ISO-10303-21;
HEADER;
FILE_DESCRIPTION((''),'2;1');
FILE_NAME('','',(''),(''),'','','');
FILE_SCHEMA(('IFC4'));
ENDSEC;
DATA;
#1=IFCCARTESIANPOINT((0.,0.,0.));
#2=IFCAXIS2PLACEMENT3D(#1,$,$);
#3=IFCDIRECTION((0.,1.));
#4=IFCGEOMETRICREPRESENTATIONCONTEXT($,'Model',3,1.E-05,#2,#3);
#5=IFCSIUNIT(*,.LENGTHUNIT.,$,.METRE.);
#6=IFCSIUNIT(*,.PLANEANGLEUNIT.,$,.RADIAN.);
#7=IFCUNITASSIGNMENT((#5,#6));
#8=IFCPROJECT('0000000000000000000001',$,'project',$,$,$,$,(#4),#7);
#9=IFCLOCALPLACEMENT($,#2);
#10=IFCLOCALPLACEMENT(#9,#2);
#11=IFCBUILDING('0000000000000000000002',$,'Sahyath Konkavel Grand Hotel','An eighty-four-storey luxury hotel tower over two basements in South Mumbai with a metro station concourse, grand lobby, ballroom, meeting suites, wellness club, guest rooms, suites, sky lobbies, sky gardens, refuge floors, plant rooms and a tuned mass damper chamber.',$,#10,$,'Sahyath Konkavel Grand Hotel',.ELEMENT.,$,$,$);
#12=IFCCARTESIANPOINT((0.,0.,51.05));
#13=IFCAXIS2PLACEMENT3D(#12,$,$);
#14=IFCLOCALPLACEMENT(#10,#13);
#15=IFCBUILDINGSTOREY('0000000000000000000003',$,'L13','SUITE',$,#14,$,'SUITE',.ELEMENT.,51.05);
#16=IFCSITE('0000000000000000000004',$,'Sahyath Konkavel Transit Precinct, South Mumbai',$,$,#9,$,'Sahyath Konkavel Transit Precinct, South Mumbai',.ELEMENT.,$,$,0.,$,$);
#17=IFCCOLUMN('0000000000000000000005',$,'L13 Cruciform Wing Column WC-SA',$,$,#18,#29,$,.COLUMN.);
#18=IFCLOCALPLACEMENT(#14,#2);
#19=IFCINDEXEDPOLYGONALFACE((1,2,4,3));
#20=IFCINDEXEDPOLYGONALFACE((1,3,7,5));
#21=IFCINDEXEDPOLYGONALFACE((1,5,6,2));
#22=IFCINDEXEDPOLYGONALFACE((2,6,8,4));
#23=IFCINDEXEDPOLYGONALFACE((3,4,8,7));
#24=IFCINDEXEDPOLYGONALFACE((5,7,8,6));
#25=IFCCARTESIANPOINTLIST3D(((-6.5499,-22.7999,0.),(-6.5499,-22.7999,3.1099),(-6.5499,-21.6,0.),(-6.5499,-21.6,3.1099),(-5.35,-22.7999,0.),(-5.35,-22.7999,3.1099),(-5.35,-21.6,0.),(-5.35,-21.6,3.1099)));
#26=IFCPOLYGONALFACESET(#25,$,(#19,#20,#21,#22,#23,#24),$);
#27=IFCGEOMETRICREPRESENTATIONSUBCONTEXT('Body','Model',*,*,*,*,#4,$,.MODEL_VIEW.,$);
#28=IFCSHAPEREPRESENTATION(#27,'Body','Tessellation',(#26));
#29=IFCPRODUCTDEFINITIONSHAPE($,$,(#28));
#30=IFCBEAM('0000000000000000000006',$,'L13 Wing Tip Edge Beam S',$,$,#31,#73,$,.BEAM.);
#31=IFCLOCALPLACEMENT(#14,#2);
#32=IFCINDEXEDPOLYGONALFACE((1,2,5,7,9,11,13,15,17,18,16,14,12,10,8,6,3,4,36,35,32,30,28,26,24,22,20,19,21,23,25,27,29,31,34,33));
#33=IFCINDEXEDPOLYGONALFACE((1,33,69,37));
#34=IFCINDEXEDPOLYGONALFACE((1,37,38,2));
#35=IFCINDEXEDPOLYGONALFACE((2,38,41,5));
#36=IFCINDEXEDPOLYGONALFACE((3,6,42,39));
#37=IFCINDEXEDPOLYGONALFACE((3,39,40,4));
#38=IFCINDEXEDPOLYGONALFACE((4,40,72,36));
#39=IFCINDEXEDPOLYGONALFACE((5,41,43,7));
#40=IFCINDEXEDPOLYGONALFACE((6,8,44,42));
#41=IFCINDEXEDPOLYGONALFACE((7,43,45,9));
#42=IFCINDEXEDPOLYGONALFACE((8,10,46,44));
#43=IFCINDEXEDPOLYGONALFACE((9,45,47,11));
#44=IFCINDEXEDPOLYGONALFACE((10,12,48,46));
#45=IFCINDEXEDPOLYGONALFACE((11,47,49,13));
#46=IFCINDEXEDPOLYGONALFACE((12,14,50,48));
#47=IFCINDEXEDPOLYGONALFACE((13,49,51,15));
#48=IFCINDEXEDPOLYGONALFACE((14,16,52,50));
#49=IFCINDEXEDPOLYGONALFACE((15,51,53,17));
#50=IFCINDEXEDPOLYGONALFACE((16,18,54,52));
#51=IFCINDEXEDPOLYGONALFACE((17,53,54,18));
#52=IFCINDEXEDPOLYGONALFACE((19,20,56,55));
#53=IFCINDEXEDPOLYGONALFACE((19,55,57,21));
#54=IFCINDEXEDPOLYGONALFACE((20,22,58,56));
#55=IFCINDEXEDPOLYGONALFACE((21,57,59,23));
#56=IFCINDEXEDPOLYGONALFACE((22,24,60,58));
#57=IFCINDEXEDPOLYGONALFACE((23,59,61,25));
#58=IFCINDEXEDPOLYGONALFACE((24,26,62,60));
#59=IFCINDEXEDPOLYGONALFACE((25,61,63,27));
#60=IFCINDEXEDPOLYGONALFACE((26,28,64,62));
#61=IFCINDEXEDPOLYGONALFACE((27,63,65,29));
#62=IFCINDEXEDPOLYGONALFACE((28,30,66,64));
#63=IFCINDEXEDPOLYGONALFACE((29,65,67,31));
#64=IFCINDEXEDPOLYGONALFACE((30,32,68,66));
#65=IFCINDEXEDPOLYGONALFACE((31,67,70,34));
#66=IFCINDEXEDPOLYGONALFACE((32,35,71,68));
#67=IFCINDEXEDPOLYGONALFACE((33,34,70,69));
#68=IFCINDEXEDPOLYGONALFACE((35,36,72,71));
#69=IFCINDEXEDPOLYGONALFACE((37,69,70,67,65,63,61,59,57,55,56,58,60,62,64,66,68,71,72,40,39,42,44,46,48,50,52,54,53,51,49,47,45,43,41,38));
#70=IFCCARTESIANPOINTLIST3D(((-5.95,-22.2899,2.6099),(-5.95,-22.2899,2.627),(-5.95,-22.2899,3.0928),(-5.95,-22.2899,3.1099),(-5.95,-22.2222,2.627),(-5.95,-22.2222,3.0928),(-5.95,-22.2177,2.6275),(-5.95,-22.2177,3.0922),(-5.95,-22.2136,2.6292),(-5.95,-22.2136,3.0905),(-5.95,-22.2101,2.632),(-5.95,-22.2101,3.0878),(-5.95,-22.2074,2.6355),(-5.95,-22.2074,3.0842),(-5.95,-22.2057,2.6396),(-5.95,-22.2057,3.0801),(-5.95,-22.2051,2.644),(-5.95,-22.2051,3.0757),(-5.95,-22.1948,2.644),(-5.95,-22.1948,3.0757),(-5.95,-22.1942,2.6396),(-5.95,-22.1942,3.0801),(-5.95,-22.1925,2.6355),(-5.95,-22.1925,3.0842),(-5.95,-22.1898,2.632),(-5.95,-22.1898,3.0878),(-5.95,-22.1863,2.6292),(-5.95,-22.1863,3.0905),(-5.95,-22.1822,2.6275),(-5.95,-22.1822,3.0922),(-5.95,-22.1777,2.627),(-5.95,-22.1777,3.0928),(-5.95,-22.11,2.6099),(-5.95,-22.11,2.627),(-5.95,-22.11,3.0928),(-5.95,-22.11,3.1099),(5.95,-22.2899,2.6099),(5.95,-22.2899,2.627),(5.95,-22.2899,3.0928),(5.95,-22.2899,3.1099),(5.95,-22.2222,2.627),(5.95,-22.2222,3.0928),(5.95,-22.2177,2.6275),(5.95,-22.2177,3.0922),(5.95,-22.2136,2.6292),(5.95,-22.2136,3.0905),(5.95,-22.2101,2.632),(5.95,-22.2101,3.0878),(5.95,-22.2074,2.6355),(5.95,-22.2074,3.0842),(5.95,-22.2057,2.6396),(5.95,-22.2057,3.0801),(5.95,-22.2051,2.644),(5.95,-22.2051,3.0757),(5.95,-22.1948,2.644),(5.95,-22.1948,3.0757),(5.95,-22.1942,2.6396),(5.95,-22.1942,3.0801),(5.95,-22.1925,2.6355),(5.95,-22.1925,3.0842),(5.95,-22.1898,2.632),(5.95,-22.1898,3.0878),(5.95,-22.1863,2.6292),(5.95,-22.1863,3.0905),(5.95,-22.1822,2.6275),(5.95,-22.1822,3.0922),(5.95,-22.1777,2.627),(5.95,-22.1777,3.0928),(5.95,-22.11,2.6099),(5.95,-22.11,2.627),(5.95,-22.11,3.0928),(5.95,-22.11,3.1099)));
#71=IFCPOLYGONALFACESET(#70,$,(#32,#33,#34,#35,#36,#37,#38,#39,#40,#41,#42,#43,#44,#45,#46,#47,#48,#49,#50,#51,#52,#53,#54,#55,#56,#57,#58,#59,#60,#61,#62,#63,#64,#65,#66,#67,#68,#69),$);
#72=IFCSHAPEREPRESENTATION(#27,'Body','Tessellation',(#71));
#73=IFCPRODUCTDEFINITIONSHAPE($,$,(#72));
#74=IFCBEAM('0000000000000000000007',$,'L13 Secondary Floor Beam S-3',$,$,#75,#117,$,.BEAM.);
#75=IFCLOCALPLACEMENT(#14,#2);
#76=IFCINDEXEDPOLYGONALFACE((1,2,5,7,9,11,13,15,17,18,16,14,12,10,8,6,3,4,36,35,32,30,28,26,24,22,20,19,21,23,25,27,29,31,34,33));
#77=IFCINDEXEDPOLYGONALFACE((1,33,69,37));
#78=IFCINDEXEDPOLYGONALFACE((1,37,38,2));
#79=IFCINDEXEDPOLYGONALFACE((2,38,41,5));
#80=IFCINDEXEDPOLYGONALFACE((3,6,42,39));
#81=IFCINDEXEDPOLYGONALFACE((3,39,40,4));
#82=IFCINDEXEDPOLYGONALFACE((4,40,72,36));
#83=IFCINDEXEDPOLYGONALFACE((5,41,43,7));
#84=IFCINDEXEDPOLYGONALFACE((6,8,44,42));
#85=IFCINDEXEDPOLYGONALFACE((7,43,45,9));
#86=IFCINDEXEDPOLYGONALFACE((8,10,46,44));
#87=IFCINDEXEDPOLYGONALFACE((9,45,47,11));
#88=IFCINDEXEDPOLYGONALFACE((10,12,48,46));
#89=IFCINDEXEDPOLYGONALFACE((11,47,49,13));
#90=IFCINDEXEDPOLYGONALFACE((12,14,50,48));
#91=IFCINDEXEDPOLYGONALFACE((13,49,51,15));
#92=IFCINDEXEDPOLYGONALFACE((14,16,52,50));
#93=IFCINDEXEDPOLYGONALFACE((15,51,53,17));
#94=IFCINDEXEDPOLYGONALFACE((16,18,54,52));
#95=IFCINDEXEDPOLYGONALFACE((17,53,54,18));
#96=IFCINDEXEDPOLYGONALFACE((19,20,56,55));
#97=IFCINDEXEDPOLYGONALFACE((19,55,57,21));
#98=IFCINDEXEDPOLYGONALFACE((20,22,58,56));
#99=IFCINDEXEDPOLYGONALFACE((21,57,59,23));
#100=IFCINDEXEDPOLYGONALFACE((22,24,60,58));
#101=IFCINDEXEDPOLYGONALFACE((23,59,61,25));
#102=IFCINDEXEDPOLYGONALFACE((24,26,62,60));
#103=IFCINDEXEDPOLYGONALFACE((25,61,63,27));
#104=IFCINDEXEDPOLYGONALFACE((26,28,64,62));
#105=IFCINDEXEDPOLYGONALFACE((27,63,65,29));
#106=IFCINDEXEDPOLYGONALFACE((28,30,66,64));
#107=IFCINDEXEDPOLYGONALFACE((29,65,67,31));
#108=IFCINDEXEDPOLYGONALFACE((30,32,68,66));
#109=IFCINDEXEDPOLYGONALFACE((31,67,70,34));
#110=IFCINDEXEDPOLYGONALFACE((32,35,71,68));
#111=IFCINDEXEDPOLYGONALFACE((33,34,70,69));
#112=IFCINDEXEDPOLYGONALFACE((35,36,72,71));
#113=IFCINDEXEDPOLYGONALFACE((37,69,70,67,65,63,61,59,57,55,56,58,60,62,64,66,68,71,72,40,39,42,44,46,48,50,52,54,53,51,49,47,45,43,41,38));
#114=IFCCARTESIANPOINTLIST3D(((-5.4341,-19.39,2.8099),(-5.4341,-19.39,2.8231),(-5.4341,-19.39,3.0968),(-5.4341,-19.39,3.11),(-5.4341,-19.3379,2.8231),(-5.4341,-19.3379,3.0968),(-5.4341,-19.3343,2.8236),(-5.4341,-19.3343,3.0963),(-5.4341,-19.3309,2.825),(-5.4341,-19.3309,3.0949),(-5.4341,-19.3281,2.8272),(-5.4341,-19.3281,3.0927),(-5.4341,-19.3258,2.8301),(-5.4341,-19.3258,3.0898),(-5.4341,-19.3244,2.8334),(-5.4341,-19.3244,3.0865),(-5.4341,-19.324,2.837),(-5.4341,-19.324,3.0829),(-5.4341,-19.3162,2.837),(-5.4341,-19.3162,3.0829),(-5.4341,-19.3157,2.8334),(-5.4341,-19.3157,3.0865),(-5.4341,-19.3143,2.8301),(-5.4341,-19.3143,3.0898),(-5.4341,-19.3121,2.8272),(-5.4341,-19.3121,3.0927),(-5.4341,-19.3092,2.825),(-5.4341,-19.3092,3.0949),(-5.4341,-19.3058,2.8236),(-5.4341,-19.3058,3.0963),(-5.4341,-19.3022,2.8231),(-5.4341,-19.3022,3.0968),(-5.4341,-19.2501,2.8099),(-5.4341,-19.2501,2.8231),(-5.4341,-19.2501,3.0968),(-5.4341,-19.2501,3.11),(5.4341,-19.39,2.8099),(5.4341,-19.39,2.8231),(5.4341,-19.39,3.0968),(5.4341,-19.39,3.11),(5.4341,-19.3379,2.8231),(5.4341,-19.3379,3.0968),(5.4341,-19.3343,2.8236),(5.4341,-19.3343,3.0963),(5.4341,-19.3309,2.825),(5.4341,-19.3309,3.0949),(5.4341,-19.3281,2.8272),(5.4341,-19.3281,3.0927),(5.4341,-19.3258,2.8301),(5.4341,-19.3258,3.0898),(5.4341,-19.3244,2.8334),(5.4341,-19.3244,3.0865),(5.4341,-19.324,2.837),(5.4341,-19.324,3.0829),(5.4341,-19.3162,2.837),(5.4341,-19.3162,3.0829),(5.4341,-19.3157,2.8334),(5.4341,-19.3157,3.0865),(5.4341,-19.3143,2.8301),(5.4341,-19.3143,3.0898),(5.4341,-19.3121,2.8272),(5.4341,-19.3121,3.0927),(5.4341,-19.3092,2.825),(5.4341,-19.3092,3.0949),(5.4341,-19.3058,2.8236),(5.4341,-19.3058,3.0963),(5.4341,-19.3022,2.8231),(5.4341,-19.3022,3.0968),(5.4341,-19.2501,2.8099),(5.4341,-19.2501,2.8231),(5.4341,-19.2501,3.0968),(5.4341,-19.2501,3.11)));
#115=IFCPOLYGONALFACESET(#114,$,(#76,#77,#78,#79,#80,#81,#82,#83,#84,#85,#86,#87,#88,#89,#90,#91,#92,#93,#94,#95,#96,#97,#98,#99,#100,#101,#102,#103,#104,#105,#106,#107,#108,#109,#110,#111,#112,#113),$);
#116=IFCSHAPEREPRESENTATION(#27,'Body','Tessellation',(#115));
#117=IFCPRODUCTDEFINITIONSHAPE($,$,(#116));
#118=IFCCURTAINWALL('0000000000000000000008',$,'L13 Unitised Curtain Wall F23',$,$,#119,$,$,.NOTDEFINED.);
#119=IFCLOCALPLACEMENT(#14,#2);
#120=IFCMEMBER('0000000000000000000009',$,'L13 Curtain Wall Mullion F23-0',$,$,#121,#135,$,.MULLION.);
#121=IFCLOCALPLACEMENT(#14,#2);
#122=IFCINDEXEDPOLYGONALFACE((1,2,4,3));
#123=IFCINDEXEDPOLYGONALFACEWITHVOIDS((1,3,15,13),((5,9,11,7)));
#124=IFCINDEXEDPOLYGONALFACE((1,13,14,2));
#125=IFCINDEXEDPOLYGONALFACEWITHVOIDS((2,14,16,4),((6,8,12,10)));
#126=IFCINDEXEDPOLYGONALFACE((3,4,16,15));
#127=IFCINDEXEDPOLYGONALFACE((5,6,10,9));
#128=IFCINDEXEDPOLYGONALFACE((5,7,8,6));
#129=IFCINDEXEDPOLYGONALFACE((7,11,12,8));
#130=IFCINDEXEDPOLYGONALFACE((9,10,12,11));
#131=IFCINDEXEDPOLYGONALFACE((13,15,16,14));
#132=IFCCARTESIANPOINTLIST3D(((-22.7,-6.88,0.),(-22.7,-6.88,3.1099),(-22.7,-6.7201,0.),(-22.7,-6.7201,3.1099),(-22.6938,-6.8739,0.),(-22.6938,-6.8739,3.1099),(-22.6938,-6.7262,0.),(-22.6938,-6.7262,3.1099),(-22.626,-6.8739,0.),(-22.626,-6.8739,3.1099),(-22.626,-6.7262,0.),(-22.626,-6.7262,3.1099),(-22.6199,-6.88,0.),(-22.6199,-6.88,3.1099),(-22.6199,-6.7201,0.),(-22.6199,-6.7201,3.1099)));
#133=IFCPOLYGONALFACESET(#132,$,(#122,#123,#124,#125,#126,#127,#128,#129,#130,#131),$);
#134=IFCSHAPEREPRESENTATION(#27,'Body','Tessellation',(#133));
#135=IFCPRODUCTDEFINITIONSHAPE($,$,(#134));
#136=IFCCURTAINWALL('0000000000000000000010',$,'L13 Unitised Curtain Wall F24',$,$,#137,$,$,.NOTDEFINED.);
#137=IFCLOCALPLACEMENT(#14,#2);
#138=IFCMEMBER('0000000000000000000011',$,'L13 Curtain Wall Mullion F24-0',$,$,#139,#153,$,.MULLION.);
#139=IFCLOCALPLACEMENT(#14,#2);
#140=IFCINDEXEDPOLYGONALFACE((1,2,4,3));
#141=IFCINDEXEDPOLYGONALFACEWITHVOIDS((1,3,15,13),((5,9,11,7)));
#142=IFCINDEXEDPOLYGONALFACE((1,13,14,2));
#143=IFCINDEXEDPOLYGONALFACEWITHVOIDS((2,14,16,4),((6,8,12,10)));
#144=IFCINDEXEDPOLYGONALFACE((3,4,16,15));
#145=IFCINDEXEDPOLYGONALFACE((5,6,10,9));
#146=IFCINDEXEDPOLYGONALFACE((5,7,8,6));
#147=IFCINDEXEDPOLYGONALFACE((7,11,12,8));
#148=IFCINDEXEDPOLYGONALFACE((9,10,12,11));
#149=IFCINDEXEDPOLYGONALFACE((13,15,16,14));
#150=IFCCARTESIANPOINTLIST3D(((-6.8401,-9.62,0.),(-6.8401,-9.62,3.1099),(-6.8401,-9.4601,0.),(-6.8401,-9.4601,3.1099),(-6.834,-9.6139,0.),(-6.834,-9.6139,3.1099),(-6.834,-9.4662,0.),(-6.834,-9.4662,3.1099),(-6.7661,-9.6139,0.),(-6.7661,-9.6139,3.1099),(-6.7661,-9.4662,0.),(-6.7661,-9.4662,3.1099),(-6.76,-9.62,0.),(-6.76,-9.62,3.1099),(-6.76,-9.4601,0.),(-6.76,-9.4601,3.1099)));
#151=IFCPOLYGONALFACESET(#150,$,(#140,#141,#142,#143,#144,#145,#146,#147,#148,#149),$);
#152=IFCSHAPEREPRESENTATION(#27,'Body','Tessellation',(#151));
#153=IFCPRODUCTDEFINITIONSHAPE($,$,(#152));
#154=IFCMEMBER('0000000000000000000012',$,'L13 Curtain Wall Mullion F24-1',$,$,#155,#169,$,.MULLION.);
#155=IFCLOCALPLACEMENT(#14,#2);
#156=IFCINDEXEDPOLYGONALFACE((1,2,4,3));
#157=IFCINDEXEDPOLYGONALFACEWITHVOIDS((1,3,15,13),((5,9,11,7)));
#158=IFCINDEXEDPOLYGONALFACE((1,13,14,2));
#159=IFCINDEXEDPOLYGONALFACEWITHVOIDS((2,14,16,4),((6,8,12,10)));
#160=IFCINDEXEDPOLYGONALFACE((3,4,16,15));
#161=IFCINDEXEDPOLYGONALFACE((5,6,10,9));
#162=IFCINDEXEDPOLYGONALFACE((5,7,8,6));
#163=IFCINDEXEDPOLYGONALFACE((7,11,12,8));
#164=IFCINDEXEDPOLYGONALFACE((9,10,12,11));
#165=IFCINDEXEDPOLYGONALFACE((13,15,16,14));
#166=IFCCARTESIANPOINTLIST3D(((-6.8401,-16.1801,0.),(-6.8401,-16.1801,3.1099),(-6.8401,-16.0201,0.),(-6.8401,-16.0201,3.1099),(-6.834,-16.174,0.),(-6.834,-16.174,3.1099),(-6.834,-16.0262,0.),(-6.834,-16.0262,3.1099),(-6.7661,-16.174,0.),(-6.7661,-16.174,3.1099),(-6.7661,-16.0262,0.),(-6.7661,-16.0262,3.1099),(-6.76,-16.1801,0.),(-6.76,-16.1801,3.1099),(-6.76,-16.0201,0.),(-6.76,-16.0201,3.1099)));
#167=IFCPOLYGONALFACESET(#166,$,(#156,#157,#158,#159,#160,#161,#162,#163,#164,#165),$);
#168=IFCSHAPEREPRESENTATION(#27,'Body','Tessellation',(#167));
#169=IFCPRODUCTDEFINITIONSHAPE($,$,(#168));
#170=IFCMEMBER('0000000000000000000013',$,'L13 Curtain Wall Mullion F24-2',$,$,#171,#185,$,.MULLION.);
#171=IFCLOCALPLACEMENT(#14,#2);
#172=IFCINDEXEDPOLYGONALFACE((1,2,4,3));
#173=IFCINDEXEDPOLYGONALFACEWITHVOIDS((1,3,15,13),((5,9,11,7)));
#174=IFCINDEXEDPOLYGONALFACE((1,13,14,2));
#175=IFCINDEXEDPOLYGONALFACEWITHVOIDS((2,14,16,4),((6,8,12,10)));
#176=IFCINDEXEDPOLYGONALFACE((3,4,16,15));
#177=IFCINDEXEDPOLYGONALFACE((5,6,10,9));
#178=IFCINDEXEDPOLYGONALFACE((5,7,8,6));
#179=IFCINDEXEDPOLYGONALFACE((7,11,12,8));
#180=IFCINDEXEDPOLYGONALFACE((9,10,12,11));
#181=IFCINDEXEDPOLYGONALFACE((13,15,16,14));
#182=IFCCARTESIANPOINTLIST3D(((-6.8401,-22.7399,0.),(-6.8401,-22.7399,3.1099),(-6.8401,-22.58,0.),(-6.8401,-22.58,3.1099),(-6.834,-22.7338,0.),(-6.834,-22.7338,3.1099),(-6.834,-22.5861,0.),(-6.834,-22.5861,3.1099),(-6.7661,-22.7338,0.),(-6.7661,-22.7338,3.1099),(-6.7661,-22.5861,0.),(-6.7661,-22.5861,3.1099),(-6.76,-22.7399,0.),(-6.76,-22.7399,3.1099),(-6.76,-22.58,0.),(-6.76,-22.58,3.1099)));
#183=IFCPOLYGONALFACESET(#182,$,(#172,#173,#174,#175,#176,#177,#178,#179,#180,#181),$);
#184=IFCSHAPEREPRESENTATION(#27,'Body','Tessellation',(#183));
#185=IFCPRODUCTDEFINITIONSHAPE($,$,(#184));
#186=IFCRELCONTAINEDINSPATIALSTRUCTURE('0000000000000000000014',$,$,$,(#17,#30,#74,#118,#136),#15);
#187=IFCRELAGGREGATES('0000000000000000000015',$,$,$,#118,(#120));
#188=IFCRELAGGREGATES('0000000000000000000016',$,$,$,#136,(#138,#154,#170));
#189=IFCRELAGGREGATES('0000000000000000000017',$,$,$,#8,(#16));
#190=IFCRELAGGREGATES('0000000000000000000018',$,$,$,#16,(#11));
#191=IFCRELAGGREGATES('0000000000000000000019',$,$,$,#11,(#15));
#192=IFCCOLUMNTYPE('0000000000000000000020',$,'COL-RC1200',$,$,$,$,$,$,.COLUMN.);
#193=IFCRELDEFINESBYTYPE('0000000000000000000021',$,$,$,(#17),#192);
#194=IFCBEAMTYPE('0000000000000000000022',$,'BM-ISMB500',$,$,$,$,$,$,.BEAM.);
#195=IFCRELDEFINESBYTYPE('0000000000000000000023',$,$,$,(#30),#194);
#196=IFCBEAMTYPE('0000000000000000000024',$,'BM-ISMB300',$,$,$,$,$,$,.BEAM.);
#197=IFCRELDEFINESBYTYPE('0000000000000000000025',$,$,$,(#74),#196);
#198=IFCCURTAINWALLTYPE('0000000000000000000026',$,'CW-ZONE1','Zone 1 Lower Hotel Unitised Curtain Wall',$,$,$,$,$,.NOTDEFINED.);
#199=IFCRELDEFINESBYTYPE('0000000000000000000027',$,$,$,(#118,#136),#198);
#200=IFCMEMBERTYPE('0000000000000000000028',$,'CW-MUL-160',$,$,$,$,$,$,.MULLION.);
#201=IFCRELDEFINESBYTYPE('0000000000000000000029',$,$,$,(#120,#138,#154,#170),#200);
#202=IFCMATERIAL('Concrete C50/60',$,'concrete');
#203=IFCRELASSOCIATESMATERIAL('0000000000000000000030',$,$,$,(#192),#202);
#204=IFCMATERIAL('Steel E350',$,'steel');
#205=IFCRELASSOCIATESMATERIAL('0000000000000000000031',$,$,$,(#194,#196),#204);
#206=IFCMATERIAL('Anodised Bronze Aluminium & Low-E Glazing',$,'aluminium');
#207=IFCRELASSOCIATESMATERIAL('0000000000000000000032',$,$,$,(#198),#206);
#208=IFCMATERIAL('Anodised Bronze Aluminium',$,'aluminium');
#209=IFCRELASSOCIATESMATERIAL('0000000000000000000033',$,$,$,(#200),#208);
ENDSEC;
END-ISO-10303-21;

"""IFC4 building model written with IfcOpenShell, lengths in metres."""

from ifc_helpers import new_model, si_unit, direction, frame, origin, origin_2d, place, context, subcontext, project, spatial, rectangle, hollow_rectangle, i_section, extrude, source, transform, mapped, material, material_profile, profile_set, type_object, element, aggregate, save


model = new_model("IFC4")

# Units and contexts
model_context = context("Model", 3, precision=1e-05, world=origin(), true_north=direction((0.0, 1.0)))
body_context = subcontext(model_context, "Body", "Model", "MODEL_VIEW")
ifc_project = project(units=[si_unit("LENGTHUNIT", "METRE"), si_unit("PLANEANGLEUNIT", "RADIAN")], contexts=[model_context])

# Site, building, storey
site_placement = place(None, origin())
site = spatial("IfcSite", under=ifc_project, at=site_placement, Name="Sahyath Konkavel Transit Precinct, South Mumbai", LongName="Sahyath Konkavel Transit Precinct, South Mumbai", CompositionType="ELEMENT", RefElevation=0.0)
building_placement = place(site_placement, origin())
building = spatial("IfcBuilding", under=site, at=building_placement, Name="Sahyath Konkavel Grand Hotel", Description="An eighty-four-storey luxury hotel tower over two basements in South Mumbai with a metro station concourse, grand lobby, ballroom, meeting suites, wellness club, guest rooms, suites, sky lobbies, sky gardens, refuge floors, plant rooms and a tuned mass damper chamber.", LongName="Sahyath Konkavel Grand Hotel", CompositionType="ELEMENT")
storey_placement = place(building_placement, frame((0.0, 0.0, 51.05)))
storey = spatial("IfcBuildingStorey", under=building, at=storey_placement, Name="L13", Description="SUITE", LongName="SUITE", CompositionType="ELEMENT", Elevation=51.05)

# Column
ifc_material_1 = material(Name="Concrete C50/60", Category="concrete")
ifc_material_profile_1 = material_profile(ifc_material_1, rectangle(XDim=1.2, YDim=1.2, at=origin_2d()), Name="RC 1200x1200")
ifc_profile_set_1 = profile_set([ifc_material_profile_1], Name="Concrete C50/60")
column_type = type_object("IfcColumnType", Name="COL-RC1200", PredefinedType="COLUMN", material=ifc_profile_set_1)
shared_shape_1 = source(origin(), body_context, "Body", "SweptSolid", [
    extrude(rectangle(XDim=1.2, YDim=1.2, at=origin_2d()), origin(), (0.0, 0.0, 1.0), 3.1099),
])
column_placement = place(storey_placement, frame((-5.95, -22.2, 0.0), z_axis=(0.0, 0.0, 1.0), x_axis=(1.0, 0.0, 0.0)))
element("IfcColumn", 1, at=column_placement, inside=storey, type_object=column_type, Name="L13 Cruciform Wing Column WC-SA", PredefinedType="COLUMN", context=body_context, shape_type="MappedRepresentation", body=[
    mapped(shared_shape_1, transform((0.0, 0.0, 0.0), scale=1.0)),
])

# Beams
ifc_material_2 = material(Name="Steel E350", Category="steel")
ifc_material_profile_2 = material_profile(ifc_material_2, i_section(OverallWidth=0.1799, OverallDepth=0.5, WebThickness=0.0103, FlangeThickness=0.0171, FilletRadius=0.0171, at=origin_2d()), Name="ISMB 500")
ifc_profile_set_2 = profile_set([ifc_material_profile_2], Name="Steel E350")
beam_type_1 = type_object("IfcBeamType", Name="BM-ISMB500", PredefinedType="BEAM", material=ifc_profile_set_2)
shared_shape_2 = source(origin(), body_context, "Body", "SweptSolid", [
    extrude(i_section(OverallWidth=0.1799, OverallDepth=0.5, WebThickness=0.0103, FlangeThickness=0.0171, FilletRadius=0.0171, at=origin_2d()), origin(), (0.0, 0.0, 1.0), 11.8999),
])
beam_1_placement = place(storey_placement, frame((-5.95, -22.2, 2.8599), z_axis=(1.0, 0.0, 0.0), x_axis=(0.0, 1.0, 0.0)))
element("IfcBeam", 2, at=beam_1_placement, inside=storey, type_object=beam_type_1, Name="L13 Wing Tip Edge Beam S", PredefinedType="BEAM", context=body_context, shape_type="MappedRepresentation", body=[
    mapped(shared_shape_2, transform((0.0, 0.0, 0.0), scale=1.0)),
])
ifc_material_profile_3 = material_profile(ifc_material_2, i_section(OverallWidth=0.1399, OverallDepth=0.3, WebThickness=0.0078, FlangeThickness=0.0132, FilletRadius=0.0139, at=origin_2d()), Name="ISMB 300")
ifc_profile_set_3 = profile_set([ifc_material_profile_3], Name="Steel E350")
beam_type_2 = type_object("IfcBeamType", Name="BM-ISMB300", PredefinedType="BEAM", material=ifc_profile_set_3)
shared_shape_3 = source(origin(), body_context, "Body", "SweptSolid", [
    extrude(i_section(OverallWidth=0.1399, OverallDepth=0.3, WebThickness=0.0078, FlangeThickness=0.0132, FilletRadius=0.0139, at=origin_2d()), origin(), (0.0, 0.0, 1.0), 10.8682),
])
beam_2_placement = place(storey_placement, frame((-5.4341, -19.3201, 2.96), z_axis=(1.0, 0.0, 0.0), x_axis=(0.0, 1.0, 0.0)))
element("IfcBeam", 3, at=beam_2_placement, inside=storey, type_object=beam_type_2, Name="L13 Secondary Floor Beam S-3", PredefinedType="BEAM", context=body_context, shape_type="MappedRepresentation", body=[
    mapped(shared_shape_3, transform((0.0, 0.0, 0.0), scale=1.0)),
])

# Curtain wall, member
ifc_material_3 = material(Name="Anodised Bronze Aluminium & Low-E Glazing", Category="aluminium")
curtain_wall_type = type_object("IfcCurtainWallType", Name="CW-ZONE1", Description="Zone 1 Lower Hotel Unitised Curtain Wall", PredefinedType="NOTDEFINED", material=ifc_material_3)
curtain_wall_1_placement = place(storey_placement, origin())
curtain_wall_1 = element("IfcCurtainWall", 4, at=curtain_wall_1_placement, inside=storey, type_object=curtain_wall_type, Name="L13 Unitised Curtain Wall F23", PredefinedType="NOTDEFINED")
ifc_material_4 = material(Name="Anodised Bronze Aluminium", Category="aluminium")
ifc_material_profile_4 = material_profile(ifc_material_4, hollow_rectangle(XDim=0.0801, YDim=0.1599, WallThickness=0.0061, at=origin_2d()), Name="RHS 160x80x6")
ifc_profile_set_4 = profile_set([ifc_material_profile_4], Name="Anodised Bronze Aluminium")
member_type_1 = type_object("IfcMemberType", Name="CW-MUL-160", PredefinedType="MULLION", material=ifc_profile_set_4)
shared_shape_4 = source(origin(), body_context, "Body", "SweptSolid", [
    extrude(hollow_rectangle(XDim=0.0801, YDim=0.1599, WallThickness=0.0061, at=origin_2d()), origin(), (0.0, 0.0, 1.0), 3.1099),
])
member_1_placement = place(storey_placement, frame((-22.6599, -6.8, 0.0), z_axis=(0.0, 0.0, 1.0), x_axis=(1.0, 0.0, 0.0)))
member_1 = element("IfcMember", 5, at=member_1_placement, type_object=member_type_1, Name="L13 Curtain Wall Mullion F23-0", PredefinedType="MULLION", context=body_context, shape_type="MappedRepresentation", body=[
    mapped(shared_shape_4, transform((0.0, 0.0, 0.0), scale=1.0)),
])

# Curtain wall, members
curtain_wall_2_placement = place(storey_placement, origin())
curtain_wall_2 = element("IfcCurtainWall", 6, at=curtain_wall_2_placement, inside=storey, type_object=curtain_wall_type, Name="L13 Unitised Curtain Wall F24", PredefinedType="NOTDEFINED")
member_2_placement = place(storey_placement, frame((-6.8, -9.54, 0.0), z_axis=(0.0, 0.0, 1.0), x_axis=(1.0, 0.0, 0.0)))
member_2 = element("IfcMember", 7, at=member_2_placement, type_object=member_type_1, Name="L13 Curtain Wall Mullion F24-0", PredefinedType="MULLION", context=body_context, shape_type="MappedRepresentation", body=[
    mapped(shared_shape_4, transform((0.0, 0.0, 0.0), scale=1.0)),
])
member_3_placement = place(storey_placement, frame((-6.8, -16.1001, 0.0), z_axis=(0.0, 0.0, 1.0), x_axis=(1.0, 0.0, 0.0)))
member_3 = element("IfcMember", 8, at=member_3_placement, type_object=member_type_1, Name="L13 Curtain Wall Mullion F24-1", PredefinedType="MULLION", context=body_context, shape_type="MappedRepresentation", body=[
    mapped(shared_shape_4, transform((0.0, 0.0, 0.0), scale=1.0)),
])
member_4_placement = place(storey_placement, frame((-6.8, -22.6599, 0.0), z_axis=(0.0, 0.0, 1.0), x_axis=(1.0, 0.0, 0.0)))
member_4 = element("IfcMember", 9, at=member_4_placement, type_object=member_type_1, Name="L13 Curtain Wall Mullion F24-2", PredefinedType="MULLION", context=body_context, shape_type="MappedRepresentation", body=[
    mapped(shared_shape_4, transform((0.0, 0.0, 0.0), scale=1.0)),
])

aggregate(curtain_wall_1, [member_1])

aggregate(curtain_wall_2, [member_2, member_3, member_4])

save(model, "model.ifc")
